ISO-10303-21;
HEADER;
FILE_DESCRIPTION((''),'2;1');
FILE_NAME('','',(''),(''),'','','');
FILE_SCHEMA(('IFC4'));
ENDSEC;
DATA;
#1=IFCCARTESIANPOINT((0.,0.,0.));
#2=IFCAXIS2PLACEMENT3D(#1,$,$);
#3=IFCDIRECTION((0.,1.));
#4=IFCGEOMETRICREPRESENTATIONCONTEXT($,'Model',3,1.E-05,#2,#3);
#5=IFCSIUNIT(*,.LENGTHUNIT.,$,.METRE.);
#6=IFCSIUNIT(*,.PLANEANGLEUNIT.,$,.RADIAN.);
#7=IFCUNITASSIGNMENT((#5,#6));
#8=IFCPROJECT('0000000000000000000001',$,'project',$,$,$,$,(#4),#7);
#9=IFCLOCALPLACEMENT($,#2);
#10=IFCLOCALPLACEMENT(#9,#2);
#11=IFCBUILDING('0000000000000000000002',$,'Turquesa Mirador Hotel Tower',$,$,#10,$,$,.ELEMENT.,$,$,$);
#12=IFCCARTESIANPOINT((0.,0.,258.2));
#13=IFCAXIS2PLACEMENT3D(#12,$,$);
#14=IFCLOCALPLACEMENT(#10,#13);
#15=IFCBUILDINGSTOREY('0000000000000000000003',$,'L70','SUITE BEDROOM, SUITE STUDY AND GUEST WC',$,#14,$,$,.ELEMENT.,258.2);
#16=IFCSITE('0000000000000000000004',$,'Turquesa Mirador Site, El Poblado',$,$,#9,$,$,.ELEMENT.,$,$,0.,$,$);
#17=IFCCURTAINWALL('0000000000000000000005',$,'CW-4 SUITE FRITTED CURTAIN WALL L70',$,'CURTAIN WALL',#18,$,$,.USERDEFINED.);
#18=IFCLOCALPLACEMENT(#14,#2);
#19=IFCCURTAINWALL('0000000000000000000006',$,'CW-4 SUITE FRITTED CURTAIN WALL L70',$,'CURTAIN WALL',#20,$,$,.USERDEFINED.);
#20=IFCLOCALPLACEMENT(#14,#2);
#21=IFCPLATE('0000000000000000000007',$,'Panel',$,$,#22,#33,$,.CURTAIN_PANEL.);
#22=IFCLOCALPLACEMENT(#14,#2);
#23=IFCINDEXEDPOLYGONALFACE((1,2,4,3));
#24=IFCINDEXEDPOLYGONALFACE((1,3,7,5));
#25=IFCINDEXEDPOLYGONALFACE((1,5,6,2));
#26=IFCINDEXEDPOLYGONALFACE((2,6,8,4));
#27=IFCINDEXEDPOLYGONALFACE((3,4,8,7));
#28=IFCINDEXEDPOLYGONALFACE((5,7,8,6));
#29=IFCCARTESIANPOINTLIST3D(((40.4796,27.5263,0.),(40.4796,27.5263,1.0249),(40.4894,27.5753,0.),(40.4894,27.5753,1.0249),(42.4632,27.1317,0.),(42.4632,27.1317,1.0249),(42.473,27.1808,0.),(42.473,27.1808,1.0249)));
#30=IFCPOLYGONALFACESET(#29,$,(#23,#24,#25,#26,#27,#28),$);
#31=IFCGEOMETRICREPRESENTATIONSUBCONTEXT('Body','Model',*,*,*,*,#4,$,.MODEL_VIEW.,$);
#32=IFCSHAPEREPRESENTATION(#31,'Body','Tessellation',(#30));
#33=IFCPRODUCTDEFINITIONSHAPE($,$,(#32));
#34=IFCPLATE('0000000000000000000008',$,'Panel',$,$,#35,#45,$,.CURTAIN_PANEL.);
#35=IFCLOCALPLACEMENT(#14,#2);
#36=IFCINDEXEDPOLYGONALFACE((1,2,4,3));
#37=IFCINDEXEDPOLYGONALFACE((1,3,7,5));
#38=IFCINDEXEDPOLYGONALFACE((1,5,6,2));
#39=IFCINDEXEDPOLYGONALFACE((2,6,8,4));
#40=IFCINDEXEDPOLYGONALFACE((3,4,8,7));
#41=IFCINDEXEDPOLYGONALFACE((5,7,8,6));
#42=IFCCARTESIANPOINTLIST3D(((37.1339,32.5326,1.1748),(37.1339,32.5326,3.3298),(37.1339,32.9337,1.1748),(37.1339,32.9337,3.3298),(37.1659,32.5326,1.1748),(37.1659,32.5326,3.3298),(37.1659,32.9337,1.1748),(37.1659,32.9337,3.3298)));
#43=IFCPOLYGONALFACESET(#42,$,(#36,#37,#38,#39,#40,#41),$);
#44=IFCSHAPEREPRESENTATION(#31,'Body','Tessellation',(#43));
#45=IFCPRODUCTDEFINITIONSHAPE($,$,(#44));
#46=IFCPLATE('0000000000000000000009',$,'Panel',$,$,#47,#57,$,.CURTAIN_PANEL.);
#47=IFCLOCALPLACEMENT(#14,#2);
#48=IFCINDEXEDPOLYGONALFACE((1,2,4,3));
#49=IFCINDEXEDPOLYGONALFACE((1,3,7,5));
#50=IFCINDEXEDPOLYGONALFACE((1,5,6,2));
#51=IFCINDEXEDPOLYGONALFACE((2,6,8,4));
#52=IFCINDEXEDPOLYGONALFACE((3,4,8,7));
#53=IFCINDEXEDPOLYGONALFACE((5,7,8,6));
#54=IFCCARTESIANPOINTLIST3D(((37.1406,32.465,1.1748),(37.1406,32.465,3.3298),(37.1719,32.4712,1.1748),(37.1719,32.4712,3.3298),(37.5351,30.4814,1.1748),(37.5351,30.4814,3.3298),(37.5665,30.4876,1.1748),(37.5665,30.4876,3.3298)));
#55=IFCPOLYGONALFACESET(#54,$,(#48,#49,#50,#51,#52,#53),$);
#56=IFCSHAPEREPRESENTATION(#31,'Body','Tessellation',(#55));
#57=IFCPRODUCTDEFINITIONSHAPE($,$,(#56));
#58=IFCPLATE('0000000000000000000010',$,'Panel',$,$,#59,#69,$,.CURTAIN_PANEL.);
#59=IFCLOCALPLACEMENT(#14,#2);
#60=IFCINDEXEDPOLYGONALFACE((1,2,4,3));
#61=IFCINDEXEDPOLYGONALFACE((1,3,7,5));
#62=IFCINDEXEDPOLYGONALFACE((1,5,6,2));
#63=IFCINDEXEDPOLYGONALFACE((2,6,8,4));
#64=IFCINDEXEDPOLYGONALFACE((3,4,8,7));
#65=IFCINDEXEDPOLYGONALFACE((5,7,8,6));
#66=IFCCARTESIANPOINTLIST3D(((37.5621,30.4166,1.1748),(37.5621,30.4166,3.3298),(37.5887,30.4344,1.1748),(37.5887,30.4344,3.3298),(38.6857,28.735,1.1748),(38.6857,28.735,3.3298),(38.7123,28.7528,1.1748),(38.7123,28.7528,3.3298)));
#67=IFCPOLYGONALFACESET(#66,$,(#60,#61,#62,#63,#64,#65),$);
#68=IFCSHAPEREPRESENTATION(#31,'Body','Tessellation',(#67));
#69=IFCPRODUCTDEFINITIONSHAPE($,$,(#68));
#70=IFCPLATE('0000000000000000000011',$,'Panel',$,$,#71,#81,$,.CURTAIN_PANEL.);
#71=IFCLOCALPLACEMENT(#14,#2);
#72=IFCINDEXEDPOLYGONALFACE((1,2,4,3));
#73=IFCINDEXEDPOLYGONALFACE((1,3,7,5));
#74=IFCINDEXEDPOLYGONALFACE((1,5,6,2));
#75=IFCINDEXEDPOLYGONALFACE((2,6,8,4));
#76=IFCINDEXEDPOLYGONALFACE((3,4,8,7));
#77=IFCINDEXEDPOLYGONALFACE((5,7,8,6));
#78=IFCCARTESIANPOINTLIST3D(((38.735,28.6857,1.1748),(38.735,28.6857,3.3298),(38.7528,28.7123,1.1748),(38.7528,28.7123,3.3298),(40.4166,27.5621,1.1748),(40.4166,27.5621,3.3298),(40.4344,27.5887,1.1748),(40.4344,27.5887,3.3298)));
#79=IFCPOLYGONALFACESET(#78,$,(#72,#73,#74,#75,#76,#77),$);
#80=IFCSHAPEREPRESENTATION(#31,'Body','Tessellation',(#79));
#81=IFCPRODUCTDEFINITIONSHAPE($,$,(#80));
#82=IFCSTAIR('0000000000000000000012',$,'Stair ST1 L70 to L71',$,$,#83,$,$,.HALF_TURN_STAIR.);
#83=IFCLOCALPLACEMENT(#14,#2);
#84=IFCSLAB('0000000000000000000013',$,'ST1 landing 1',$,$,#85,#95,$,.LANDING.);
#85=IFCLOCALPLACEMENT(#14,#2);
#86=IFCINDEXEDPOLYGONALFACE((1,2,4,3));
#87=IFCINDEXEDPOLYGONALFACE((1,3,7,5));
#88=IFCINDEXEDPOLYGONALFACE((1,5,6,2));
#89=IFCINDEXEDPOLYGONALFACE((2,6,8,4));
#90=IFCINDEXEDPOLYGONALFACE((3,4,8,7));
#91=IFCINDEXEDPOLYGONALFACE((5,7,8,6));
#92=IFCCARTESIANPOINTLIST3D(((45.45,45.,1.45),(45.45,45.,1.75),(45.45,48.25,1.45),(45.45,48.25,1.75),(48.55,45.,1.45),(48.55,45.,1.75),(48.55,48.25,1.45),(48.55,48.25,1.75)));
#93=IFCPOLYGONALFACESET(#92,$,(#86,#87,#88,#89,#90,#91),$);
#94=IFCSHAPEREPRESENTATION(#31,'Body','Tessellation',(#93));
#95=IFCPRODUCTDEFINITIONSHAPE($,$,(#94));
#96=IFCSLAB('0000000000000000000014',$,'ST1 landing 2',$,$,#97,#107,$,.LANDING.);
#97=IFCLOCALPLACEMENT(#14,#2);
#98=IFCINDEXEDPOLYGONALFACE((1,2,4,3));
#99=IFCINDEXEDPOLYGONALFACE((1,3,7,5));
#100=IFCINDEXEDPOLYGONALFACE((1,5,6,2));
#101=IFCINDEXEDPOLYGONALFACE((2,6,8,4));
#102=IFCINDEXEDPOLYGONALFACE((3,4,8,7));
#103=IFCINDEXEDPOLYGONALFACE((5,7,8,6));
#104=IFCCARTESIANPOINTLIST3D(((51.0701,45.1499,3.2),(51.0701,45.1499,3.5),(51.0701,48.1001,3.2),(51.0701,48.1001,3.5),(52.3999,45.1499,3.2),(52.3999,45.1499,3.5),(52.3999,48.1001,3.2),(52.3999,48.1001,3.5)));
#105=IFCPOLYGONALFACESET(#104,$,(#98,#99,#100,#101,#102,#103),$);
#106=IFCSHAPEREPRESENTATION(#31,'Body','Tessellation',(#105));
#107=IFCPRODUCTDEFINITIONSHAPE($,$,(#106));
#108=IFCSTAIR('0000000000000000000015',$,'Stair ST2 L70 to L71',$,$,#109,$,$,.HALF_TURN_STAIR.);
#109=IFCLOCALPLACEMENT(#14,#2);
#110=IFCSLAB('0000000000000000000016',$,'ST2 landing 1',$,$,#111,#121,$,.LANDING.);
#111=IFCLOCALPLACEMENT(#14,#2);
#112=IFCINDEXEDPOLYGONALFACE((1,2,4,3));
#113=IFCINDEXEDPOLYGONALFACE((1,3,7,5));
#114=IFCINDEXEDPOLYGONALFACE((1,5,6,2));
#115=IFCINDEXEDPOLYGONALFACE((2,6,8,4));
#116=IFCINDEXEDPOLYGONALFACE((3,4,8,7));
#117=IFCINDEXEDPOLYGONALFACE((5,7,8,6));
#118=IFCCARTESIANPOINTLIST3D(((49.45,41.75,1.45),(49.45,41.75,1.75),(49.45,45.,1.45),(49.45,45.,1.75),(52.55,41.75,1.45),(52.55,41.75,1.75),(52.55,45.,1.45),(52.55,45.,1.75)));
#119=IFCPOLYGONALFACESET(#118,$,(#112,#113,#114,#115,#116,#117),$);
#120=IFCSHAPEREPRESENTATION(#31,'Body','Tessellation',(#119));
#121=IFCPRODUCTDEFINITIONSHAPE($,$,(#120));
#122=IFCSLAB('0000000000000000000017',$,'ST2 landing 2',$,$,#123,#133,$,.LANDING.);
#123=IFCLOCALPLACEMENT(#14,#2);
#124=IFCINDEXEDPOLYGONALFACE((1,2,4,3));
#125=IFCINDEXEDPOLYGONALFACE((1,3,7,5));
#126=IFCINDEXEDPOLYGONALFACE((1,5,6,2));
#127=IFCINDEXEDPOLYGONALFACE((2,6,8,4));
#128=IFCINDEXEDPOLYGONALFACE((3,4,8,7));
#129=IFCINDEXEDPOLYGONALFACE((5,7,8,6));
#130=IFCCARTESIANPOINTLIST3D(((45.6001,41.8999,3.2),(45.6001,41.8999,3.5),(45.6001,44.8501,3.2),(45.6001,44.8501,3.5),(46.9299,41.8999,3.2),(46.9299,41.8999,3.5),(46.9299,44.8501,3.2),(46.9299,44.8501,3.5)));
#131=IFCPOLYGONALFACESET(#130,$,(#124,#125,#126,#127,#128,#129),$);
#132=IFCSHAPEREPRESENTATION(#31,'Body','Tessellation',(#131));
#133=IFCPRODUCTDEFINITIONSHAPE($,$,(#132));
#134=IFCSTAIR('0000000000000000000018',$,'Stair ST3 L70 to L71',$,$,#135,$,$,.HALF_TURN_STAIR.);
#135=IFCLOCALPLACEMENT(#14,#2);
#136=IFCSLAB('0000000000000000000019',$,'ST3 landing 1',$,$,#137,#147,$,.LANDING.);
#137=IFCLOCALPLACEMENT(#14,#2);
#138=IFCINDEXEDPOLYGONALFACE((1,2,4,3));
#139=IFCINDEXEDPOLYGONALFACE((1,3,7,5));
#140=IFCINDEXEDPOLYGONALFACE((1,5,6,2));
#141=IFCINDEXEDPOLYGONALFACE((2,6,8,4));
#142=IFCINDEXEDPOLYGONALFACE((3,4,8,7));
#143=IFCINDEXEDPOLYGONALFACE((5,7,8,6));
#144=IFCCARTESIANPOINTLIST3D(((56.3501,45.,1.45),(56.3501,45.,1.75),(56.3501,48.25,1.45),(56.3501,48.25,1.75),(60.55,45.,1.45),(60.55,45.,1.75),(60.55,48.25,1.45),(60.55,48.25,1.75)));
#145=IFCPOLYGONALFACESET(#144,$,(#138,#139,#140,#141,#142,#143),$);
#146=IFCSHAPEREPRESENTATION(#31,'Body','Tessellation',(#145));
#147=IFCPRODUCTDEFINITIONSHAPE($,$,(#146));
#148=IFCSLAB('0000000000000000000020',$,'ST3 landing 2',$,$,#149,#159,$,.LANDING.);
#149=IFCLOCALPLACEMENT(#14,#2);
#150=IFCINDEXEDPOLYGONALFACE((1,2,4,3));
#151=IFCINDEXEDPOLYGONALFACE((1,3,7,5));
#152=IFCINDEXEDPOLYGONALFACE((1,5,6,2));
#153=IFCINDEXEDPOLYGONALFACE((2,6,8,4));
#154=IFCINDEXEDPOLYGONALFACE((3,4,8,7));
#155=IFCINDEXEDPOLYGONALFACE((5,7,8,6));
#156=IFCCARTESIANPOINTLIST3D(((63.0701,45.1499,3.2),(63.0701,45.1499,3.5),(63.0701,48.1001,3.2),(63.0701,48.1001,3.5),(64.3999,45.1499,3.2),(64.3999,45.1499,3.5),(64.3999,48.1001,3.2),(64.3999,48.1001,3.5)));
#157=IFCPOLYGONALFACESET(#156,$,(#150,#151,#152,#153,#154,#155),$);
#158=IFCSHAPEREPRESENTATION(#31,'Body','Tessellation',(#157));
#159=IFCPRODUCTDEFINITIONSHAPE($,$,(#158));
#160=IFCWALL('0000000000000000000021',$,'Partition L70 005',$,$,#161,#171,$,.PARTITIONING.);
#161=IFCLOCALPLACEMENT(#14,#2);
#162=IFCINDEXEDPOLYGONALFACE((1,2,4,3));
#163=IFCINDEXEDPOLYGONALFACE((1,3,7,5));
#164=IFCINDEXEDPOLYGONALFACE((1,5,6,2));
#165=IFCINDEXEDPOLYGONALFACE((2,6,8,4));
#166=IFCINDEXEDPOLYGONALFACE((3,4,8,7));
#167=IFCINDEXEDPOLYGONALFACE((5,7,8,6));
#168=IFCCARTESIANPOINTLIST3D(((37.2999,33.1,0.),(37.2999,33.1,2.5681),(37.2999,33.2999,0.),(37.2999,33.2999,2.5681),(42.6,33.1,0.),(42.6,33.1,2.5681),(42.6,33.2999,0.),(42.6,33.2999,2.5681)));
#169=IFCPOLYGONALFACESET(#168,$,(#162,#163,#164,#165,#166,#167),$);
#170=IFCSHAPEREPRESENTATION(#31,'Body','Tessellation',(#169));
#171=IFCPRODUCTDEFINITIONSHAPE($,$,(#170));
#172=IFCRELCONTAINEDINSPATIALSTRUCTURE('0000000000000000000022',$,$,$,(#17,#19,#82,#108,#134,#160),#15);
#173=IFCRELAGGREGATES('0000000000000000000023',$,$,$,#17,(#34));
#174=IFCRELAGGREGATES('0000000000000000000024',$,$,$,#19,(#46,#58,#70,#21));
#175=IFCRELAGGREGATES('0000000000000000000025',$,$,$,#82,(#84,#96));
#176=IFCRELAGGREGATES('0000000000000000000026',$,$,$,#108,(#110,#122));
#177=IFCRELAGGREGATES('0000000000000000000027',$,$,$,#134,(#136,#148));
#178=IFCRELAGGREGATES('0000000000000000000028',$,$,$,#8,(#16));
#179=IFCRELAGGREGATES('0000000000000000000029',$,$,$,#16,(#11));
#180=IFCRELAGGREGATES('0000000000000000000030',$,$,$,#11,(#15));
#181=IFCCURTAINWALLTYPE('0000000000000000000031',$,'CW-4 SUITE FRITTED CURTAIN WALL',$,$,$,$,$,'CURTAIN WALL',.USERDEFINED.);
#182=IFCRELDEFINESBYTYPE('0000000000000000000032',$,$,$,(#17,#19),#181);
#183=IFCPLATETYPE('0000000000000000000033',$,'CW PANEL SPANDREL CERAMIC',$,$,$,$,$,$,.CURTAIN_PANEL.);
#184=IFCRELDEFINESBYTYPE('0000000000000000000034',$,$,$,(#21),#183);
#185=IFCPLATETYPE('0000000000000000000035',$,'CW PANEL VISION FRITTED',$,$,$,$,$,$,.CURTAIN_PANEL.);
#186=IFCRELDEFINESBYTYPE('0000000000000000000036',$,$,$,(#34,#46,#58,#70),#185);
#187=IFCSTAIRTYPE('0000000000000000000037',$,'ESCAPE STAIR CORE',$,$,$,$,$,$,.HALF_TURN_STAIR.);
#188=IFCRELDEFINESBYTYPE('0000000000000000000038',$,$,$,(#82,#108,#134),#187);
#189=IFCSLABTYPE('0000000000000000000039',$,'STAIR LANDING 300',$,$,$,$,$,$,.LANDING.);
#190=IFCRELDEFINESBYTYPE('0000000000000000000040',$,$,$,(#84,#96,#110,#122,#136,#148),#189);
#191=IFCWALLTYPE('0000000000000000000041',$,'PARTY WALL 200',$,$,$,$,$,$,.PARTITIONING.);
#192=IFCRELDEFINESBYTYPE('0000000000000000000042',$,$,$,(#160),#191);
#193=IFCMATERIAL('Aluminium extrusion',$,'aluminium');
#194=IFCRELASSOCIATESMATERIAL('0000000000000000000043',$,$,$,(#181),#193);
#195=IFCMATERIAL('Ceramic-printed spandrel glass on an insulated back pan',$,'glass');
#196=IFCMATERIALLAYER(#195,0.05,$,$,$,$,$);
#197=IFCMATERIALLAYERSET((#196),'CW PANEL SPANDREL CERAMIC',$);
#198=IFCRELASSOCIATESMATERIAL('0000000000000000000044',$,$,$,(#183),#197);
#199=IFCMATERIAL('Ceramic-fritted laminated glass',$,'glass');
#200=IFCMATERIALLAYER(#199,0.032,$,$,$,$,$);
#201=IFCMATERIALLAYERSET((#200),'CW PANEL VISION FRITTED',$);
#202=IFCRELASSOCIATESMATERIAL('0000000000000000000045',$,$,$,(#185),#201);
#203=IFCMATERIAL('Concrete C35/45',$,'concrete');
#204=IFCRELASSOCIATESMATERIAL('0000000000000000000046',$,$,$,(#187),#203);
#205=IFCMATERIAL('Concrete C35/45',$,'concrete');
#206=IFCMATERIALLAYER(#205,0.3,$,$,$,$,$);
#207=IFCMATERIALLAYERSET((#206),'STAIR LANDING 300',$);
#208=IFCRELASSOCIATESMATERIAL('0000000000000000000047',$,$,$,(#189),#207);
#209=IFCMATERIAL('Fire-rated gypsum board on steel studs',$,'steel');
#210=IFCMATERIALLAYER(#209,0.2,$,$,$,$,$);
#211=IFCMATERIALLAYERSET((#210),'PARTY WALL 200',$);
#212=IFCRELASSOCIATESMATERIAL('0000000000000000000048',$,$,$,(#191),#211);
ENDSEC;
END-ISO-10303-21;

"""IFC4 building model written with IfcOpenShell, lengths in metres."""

from ifc_helpers import new_model, si_unit, direction, frame, frame_2d, origin, origin_2d, place, context, subcontext, project, spatial, polyline, rectangle, outline, extrude, material, layer, layer_set, type_object, element, aggregate, save


model = new_model("IFC4")

# Units and contexts
model_context = context("Model", 3, precision=1e-05, world=origin(), true_north=direction((0.0, 1.0)))
body_context = subcontext(model_context, "Body", "Model", "MODEL_VIEW")
ifc_project = project(units=[si_unit("LENGTHUNIT", "METRE"), si_unit("PLANEANGLEUNIT", "RADIAN")], contexts=[model_context])

# Site, building, storey
site_placement = place(None, origin())
site = spatial("IfcSite", under=ifc_project, at=site_placement, Name="Turquesa Mirador Site, El Poblado", CompositionType="ELEMENT", RefElevation=0.0)
building_placement = place(site_placement, origin())
building = spatial("IfcBuilding", under=site, at=building_placement, Name="Turquesa Mirador Hotel Tower", CompositionType="ELEMENT")
storey_placement = place(building_placement, frame((0.0, 0.0, 258.2)))
storey = spatial("IfcBuildingStorey", under=building, at=storey_placement, Name="L70", Description="SUITE BEDROOM, SUITE STUDY AND GUEST WC", CompositionType="ELEMENT", Elevation=258.2)

# Curtain walls
ifc_material_1 = material(Name="Aluminium extrusion", Category="aluminium")
curtain_wall_type = type_object("IfcCurtainWallType", Name="CW-4 SUITE FRITTED CURTAIN WALL", ElementType="CURTAIN WALL", PredefinedType="USERDEFINED", material=ifc_material_1)
curtain_wall_1_placement = place(storey_placement, origin())
curtain_wall_1 = element("IfcCurtainWall", 1, at=curtain_wall_1_placement, inside=storey, type_object=curtain_wall_type, Name="CW-4 SUITE FRITTED CURTAIN WALL L70", ObjectType="CURTAIN WALL", PredefinedType="USERDEFINED")
curtain_wall_2_placement = place(storey_placement, origin())
curtain_wall_2 = element("IfcCurtainWall", 2, at=curtain_wall_2_placement, inside=storey, type_object=curtain_wall_type, Name="CW-4 SUITE FRITTED CURTAIN WALL L70", ObjectType="CURTAIN WALL", PredefinedType="USERDEFINED")

# Plates
ifc_material_2 = material(Name="Ceramic-printed spandrel glass on an insulated back pan", Category="glass")
ifc_layer_1 = layer(ifc_material_2, 0.05)
ifc_layer_set_1 = layer_set([ifc_layer_1], Name="CW PANEL SPANDREL CERAMIC")
plate_type_1 = type_object("IfcPlateType", Name="CW PANEL SPANDREL CERAMIC", PredefinedType="CURTAIN_PANEL", material=ifc_layer_set_1)
plate_1_placement = place(storey_placement, frame((41.4763, 27.3535, 0.0), z_axis=(0.0, 0.0, 1.0), x_axis=(0.980785, -0.195091, 0.0)))
plate_1 = element("IfcPlate", 3, at=plate_1_placement, type_object=plate_type_1, Name="Panel", PredefinedType="CURTAIN_PANEL", context=body_context, shape_type="SweptSolid", body=[
    extrude(rectangle(XDim=2.0225, YDim=0.05, at=origin_2d()), origin(), (0.0, 0.0, 1.0), 1.0249),
])
ifc_material_3 = material(Name="Ceramic-fritted laminated glass", Category="glass")
ifc_layer_2 = layer(ifc_material_3, 0.032)
ifc_layer_set_2 = layer_set([ifc_layer_2], Name="CW PANEL VISION FRITTED")
plate_type_2 = type_object("IfcPlateType", Name="CW PANEL VISION FRITTED", PredefinedType="CURTAIN_PANEL", material=ifc_layer_set_2)
plate_2_placement = place(storey_placement, frame((37.1499, 32.7332, 1.1748), z_axis=(0.0, 0.0, 1.0), x_axis=(0.0, -1.0, 0.0)))
plate_2 = element("IfcPlate", 4, at=plate_2_placement, type_object=plate_type_2, Name="Panel", PredefinedType="CURTAIN_PANEL", context=body_context, shape_type="SweptSolid", body=[
    extrude(rectangle(XDim=0.4011, YDim=0.032, at=origin_2d()), origin(), (0.0, 0.0, 1.0), 2.155),
])
aggregate(curtain_wall_1, [plate_2])
plate_3_placement = place(storey_placement, frame((37.3535, 31.4763, 1.1748), z_axis=(0.0, 0.0, 1.0), x_axis=(0.195091, -0.980785, 0.0)))
plate_3 = element("IfcPlate", 5, at=plate_3_placement, type_object=plate_type_2, Name="Panel", PredefinedType="CURTAIN_PANEL", context=body_context, shape_type="SweptSolid", body=[
    extrude(rectangle(XDim=2.0225, YDim=0.032, at=origin_2d()), origin(), (0.0, 0.0, 1.0), 2.155),
])
plate_4_placement = place(storey_placement, frame((38.1372, 29.5847, 1.1748), z_axis=(0.0, 0.0, 1.0), x_axis=(0.55557, -0.83147, 0.0)))
plate_4 = element("IfcPlate", 6, at=plate_4_placement, type_object=plate_type_2, Name="Panel", PredefinedType="CURTAIN_PANEL", context=body_context, shape_type="SweptSolid", body=[
    extrude(rectangle(XDim=2.0225, YDim=0.032, at=origin_2d()), origin(), (0.0, 0.0, 1.0), 2.155),
])
plate_5_placement = place(storey_placement, frame((39.5847, 28.1372, 1.1748), z_axis=(0.0, 0.0, 1.0), x_axis=(0.83147, -0.55557, 0.0)))
plate_5 = element("IfcPlate", 7, at=plate_5_placement, type_object=plate_type_2, Name="Panel", PredefinedType="CURTAIN_PANEL", context=body_context, shape_type="SweptSolid", body=[
    extrude(rectangle(XDim=2.0225, YDim=0.032, at=origin_2d()), origin(), (0.0, 0.0, 1.0), 2.155),
])
aggregate(curtain_wall_2, [plate_3, plate_4, plate_5, plate_1])

# Stairs, slabs
ifc_material_4 = material(Name="Concrete C35/45", Category="concrete")
stair_type = type_object("IfcStairType", Name="ESCAPE STAIR CORE", PredefinedType="HALF_TURN_STAIR", material=ifc_material_4)
stair_1_placement = place(storey_placement, origin())
stair_1 = element("IfcStair", 8, at=stair_1_placement, inside=storey, type_object=stair_type, Name="Stair ST1 L70 to L71", PredefinedType="HALF_TURN_STAIR")
ifc_material_5 = material(Name="Concrete C35/45", Category="concrete")
ifc_layer_3 = layer(ifc_material_5, 0.3)
ifc_layer_set_3 = layer_set([ifc_layer_3], Name="STAIR LANDING 300")
slab_type_1 = type_object("IfcSlabType", Name="STAIR LANDING 300", PredefinedType="LANDING", material=ifc_layer_set_3)
slab_1_placement = place(storey_placement, frame((0.0, 0.0, 1.45)))
slab_1 = element("IfcSlab", 9, at=slab_1_placement, type_object=slab_type_1, Name="ST1 landing 1", PredefinedType="LANDING", context=body_context, shape_type="SweptSolid", body=[
    extrude(outline(polyline([(45.45, 45.0), (48.55, 45.0), (48.55, 48.25), (45.45, 48.25), (45.45, 45.0)])), origin(), (0.0, 0.0, 1.0), 0.3),
])
slab_2_placement = place(storey_placement, frame((0.0, 0.0, 3.2)))
slab_2 = element("IfcSlab", 10, at=slab_2_placement, type_object=slab_type_1, Name="ST1 landing 2", PredefinedType="LANDING", context=body_context, shape_type="SweptSolid", body=[
    extrude(outline(polyline([(51.0701, 45.1499), (52.3999, 45.1499), (52.3999, 48.1001), (51.0701, 48.1001), (51.0701, 45.1499)])), origin(), (0.0, 0.0, 1.0), 0.3),
])
aggregate(stair_1, [slab_1, slab_2])
stair_2_placement = place(storey_placement, origin())
stair_2 = element("IfcStair", 11, at=stair_2_placement, inside=storey, type_object=stair_type, Name="Stair ST2 L70 to L71", PredefinedType="HALF_TURN_STAIR")
slab_3_placement = place(storey_placement, frame((0.0, 0.0, 1.45)))
slab_3 = element("IfcSlab", 12, at=slab_3_placement, type_object=slab_type_1, Name="ST2 landing 1", PredefinedType="LANDING", context=body_context, shape_type="SweptSolid", body=[
    extrude(outline(polyline([(52.55, 45.0), (49.45, 45.0), (49.45, 41.75), (52.55, 41.75), (52.55, 45.0)])), origin(), (0.0, 0.0, 1.0), 0.3),
])
slab_4_placement = place(storey_placement, frame((0.0, 0.0, 3.2)))
slab_4 = element("IfcSlab", 13, at=slab_4_placement, type_object=slab_type_1, Name="ST2 landing 2", PredefinedType="LANDING", context=body_context, shape_type="SweptSolid", body=[
    extrude(outline(polyline([(46.9299, 44.8501), (45.6001, 44.8501), (45.6001, 41.8999), (46.9299, 41.8999), (46.9299, 44.8501)])), origin(), (0.0, 0.0, 1.0), 0.3),
])
aggregate(stair_2, [slab_3, slab_4])
stair_3_placement = place(storey_placement, origin())
stair_3 = element("IfcStair", 14, at=stair_3_placement, inside=storey, type_object=stair_type, Name="Stair ST3 L70 to L71", PredefinedType="HALF_TURN_STAIR")
slab_5_placement = place(storey_placement, frame((0.0, 0.0, 1.45)))
slab_5 = element("IfcSlab", 15, at=slab_5_placement, type_object=slab_type_1, Name="ST3 landing 1", PredefinedType="LANDING", context=body_context, shape_type="SweptSolid", body=[
    extrude(outline(polyline([(56.3501, 45.0), (60.55, 45.0), (60.55, 48.25), (56.3501, 48.25), (56.3501, 45.0)])), origin(), (0.0, 0.0, 1.0), 0.3),
])
slab_6_placement = place(storey_placement, frame((0.0, 0.0, 3.2)))
slab_6 = element("IfcSlab", 16, at=slab_6_placement, type_object=slab_type_1, Name="ST3 landing 2", PredefinedType="LANDING", context=body_context, shape_type="SweptSolid", body=[
    extrude(outline(polyline([(63.0701, 45.1499), (64.3999, 45.1499), (64.3999, 48.1001), (63.0701, 48.1001), (63.0701, 45.1499)])), origin(), (0.0, 0.0, 1.0), 0.3),
])
aggregate(stair_3, [slab_5, slab_6])

# Wall
ifc_material_6 = material(Name="Fire-rated gypsum board on steel studs", Category="steel")
ifc_layer_4 = layer(ifc_material_6, 0.2)
ifc_layer_set_4 = layer_set([ifc_layer_4], Name="PARTY WALL 200")
wall_type = type_object("IfcWallType", Name="PARTY WALL 200", PredefinedType="PARTITIONING", material=ifc_layer_set_4)
wall_placement = place(storey_placement, frame((37.3, 33.2, 0.0), z_axis=(0.0, 0.0, 1.0), x_axis=(1.0, 0.0, 0.0)))
element("IfcWall", 17, at=wall_placement, inside=storey, type_object=wall_type, Name="Partition L70 005", PredefinedType="PARTITIONING", context=body_context, shape_type="SweptSolid", body=[
    extrude(rectangle(XDim=5.3, YDim=0.2, at=frame_2d((2.6499, 0.0))), origin(), (0.0, 0.0, 1.0), 2.5681),
])

save(model, "model.ifc")
